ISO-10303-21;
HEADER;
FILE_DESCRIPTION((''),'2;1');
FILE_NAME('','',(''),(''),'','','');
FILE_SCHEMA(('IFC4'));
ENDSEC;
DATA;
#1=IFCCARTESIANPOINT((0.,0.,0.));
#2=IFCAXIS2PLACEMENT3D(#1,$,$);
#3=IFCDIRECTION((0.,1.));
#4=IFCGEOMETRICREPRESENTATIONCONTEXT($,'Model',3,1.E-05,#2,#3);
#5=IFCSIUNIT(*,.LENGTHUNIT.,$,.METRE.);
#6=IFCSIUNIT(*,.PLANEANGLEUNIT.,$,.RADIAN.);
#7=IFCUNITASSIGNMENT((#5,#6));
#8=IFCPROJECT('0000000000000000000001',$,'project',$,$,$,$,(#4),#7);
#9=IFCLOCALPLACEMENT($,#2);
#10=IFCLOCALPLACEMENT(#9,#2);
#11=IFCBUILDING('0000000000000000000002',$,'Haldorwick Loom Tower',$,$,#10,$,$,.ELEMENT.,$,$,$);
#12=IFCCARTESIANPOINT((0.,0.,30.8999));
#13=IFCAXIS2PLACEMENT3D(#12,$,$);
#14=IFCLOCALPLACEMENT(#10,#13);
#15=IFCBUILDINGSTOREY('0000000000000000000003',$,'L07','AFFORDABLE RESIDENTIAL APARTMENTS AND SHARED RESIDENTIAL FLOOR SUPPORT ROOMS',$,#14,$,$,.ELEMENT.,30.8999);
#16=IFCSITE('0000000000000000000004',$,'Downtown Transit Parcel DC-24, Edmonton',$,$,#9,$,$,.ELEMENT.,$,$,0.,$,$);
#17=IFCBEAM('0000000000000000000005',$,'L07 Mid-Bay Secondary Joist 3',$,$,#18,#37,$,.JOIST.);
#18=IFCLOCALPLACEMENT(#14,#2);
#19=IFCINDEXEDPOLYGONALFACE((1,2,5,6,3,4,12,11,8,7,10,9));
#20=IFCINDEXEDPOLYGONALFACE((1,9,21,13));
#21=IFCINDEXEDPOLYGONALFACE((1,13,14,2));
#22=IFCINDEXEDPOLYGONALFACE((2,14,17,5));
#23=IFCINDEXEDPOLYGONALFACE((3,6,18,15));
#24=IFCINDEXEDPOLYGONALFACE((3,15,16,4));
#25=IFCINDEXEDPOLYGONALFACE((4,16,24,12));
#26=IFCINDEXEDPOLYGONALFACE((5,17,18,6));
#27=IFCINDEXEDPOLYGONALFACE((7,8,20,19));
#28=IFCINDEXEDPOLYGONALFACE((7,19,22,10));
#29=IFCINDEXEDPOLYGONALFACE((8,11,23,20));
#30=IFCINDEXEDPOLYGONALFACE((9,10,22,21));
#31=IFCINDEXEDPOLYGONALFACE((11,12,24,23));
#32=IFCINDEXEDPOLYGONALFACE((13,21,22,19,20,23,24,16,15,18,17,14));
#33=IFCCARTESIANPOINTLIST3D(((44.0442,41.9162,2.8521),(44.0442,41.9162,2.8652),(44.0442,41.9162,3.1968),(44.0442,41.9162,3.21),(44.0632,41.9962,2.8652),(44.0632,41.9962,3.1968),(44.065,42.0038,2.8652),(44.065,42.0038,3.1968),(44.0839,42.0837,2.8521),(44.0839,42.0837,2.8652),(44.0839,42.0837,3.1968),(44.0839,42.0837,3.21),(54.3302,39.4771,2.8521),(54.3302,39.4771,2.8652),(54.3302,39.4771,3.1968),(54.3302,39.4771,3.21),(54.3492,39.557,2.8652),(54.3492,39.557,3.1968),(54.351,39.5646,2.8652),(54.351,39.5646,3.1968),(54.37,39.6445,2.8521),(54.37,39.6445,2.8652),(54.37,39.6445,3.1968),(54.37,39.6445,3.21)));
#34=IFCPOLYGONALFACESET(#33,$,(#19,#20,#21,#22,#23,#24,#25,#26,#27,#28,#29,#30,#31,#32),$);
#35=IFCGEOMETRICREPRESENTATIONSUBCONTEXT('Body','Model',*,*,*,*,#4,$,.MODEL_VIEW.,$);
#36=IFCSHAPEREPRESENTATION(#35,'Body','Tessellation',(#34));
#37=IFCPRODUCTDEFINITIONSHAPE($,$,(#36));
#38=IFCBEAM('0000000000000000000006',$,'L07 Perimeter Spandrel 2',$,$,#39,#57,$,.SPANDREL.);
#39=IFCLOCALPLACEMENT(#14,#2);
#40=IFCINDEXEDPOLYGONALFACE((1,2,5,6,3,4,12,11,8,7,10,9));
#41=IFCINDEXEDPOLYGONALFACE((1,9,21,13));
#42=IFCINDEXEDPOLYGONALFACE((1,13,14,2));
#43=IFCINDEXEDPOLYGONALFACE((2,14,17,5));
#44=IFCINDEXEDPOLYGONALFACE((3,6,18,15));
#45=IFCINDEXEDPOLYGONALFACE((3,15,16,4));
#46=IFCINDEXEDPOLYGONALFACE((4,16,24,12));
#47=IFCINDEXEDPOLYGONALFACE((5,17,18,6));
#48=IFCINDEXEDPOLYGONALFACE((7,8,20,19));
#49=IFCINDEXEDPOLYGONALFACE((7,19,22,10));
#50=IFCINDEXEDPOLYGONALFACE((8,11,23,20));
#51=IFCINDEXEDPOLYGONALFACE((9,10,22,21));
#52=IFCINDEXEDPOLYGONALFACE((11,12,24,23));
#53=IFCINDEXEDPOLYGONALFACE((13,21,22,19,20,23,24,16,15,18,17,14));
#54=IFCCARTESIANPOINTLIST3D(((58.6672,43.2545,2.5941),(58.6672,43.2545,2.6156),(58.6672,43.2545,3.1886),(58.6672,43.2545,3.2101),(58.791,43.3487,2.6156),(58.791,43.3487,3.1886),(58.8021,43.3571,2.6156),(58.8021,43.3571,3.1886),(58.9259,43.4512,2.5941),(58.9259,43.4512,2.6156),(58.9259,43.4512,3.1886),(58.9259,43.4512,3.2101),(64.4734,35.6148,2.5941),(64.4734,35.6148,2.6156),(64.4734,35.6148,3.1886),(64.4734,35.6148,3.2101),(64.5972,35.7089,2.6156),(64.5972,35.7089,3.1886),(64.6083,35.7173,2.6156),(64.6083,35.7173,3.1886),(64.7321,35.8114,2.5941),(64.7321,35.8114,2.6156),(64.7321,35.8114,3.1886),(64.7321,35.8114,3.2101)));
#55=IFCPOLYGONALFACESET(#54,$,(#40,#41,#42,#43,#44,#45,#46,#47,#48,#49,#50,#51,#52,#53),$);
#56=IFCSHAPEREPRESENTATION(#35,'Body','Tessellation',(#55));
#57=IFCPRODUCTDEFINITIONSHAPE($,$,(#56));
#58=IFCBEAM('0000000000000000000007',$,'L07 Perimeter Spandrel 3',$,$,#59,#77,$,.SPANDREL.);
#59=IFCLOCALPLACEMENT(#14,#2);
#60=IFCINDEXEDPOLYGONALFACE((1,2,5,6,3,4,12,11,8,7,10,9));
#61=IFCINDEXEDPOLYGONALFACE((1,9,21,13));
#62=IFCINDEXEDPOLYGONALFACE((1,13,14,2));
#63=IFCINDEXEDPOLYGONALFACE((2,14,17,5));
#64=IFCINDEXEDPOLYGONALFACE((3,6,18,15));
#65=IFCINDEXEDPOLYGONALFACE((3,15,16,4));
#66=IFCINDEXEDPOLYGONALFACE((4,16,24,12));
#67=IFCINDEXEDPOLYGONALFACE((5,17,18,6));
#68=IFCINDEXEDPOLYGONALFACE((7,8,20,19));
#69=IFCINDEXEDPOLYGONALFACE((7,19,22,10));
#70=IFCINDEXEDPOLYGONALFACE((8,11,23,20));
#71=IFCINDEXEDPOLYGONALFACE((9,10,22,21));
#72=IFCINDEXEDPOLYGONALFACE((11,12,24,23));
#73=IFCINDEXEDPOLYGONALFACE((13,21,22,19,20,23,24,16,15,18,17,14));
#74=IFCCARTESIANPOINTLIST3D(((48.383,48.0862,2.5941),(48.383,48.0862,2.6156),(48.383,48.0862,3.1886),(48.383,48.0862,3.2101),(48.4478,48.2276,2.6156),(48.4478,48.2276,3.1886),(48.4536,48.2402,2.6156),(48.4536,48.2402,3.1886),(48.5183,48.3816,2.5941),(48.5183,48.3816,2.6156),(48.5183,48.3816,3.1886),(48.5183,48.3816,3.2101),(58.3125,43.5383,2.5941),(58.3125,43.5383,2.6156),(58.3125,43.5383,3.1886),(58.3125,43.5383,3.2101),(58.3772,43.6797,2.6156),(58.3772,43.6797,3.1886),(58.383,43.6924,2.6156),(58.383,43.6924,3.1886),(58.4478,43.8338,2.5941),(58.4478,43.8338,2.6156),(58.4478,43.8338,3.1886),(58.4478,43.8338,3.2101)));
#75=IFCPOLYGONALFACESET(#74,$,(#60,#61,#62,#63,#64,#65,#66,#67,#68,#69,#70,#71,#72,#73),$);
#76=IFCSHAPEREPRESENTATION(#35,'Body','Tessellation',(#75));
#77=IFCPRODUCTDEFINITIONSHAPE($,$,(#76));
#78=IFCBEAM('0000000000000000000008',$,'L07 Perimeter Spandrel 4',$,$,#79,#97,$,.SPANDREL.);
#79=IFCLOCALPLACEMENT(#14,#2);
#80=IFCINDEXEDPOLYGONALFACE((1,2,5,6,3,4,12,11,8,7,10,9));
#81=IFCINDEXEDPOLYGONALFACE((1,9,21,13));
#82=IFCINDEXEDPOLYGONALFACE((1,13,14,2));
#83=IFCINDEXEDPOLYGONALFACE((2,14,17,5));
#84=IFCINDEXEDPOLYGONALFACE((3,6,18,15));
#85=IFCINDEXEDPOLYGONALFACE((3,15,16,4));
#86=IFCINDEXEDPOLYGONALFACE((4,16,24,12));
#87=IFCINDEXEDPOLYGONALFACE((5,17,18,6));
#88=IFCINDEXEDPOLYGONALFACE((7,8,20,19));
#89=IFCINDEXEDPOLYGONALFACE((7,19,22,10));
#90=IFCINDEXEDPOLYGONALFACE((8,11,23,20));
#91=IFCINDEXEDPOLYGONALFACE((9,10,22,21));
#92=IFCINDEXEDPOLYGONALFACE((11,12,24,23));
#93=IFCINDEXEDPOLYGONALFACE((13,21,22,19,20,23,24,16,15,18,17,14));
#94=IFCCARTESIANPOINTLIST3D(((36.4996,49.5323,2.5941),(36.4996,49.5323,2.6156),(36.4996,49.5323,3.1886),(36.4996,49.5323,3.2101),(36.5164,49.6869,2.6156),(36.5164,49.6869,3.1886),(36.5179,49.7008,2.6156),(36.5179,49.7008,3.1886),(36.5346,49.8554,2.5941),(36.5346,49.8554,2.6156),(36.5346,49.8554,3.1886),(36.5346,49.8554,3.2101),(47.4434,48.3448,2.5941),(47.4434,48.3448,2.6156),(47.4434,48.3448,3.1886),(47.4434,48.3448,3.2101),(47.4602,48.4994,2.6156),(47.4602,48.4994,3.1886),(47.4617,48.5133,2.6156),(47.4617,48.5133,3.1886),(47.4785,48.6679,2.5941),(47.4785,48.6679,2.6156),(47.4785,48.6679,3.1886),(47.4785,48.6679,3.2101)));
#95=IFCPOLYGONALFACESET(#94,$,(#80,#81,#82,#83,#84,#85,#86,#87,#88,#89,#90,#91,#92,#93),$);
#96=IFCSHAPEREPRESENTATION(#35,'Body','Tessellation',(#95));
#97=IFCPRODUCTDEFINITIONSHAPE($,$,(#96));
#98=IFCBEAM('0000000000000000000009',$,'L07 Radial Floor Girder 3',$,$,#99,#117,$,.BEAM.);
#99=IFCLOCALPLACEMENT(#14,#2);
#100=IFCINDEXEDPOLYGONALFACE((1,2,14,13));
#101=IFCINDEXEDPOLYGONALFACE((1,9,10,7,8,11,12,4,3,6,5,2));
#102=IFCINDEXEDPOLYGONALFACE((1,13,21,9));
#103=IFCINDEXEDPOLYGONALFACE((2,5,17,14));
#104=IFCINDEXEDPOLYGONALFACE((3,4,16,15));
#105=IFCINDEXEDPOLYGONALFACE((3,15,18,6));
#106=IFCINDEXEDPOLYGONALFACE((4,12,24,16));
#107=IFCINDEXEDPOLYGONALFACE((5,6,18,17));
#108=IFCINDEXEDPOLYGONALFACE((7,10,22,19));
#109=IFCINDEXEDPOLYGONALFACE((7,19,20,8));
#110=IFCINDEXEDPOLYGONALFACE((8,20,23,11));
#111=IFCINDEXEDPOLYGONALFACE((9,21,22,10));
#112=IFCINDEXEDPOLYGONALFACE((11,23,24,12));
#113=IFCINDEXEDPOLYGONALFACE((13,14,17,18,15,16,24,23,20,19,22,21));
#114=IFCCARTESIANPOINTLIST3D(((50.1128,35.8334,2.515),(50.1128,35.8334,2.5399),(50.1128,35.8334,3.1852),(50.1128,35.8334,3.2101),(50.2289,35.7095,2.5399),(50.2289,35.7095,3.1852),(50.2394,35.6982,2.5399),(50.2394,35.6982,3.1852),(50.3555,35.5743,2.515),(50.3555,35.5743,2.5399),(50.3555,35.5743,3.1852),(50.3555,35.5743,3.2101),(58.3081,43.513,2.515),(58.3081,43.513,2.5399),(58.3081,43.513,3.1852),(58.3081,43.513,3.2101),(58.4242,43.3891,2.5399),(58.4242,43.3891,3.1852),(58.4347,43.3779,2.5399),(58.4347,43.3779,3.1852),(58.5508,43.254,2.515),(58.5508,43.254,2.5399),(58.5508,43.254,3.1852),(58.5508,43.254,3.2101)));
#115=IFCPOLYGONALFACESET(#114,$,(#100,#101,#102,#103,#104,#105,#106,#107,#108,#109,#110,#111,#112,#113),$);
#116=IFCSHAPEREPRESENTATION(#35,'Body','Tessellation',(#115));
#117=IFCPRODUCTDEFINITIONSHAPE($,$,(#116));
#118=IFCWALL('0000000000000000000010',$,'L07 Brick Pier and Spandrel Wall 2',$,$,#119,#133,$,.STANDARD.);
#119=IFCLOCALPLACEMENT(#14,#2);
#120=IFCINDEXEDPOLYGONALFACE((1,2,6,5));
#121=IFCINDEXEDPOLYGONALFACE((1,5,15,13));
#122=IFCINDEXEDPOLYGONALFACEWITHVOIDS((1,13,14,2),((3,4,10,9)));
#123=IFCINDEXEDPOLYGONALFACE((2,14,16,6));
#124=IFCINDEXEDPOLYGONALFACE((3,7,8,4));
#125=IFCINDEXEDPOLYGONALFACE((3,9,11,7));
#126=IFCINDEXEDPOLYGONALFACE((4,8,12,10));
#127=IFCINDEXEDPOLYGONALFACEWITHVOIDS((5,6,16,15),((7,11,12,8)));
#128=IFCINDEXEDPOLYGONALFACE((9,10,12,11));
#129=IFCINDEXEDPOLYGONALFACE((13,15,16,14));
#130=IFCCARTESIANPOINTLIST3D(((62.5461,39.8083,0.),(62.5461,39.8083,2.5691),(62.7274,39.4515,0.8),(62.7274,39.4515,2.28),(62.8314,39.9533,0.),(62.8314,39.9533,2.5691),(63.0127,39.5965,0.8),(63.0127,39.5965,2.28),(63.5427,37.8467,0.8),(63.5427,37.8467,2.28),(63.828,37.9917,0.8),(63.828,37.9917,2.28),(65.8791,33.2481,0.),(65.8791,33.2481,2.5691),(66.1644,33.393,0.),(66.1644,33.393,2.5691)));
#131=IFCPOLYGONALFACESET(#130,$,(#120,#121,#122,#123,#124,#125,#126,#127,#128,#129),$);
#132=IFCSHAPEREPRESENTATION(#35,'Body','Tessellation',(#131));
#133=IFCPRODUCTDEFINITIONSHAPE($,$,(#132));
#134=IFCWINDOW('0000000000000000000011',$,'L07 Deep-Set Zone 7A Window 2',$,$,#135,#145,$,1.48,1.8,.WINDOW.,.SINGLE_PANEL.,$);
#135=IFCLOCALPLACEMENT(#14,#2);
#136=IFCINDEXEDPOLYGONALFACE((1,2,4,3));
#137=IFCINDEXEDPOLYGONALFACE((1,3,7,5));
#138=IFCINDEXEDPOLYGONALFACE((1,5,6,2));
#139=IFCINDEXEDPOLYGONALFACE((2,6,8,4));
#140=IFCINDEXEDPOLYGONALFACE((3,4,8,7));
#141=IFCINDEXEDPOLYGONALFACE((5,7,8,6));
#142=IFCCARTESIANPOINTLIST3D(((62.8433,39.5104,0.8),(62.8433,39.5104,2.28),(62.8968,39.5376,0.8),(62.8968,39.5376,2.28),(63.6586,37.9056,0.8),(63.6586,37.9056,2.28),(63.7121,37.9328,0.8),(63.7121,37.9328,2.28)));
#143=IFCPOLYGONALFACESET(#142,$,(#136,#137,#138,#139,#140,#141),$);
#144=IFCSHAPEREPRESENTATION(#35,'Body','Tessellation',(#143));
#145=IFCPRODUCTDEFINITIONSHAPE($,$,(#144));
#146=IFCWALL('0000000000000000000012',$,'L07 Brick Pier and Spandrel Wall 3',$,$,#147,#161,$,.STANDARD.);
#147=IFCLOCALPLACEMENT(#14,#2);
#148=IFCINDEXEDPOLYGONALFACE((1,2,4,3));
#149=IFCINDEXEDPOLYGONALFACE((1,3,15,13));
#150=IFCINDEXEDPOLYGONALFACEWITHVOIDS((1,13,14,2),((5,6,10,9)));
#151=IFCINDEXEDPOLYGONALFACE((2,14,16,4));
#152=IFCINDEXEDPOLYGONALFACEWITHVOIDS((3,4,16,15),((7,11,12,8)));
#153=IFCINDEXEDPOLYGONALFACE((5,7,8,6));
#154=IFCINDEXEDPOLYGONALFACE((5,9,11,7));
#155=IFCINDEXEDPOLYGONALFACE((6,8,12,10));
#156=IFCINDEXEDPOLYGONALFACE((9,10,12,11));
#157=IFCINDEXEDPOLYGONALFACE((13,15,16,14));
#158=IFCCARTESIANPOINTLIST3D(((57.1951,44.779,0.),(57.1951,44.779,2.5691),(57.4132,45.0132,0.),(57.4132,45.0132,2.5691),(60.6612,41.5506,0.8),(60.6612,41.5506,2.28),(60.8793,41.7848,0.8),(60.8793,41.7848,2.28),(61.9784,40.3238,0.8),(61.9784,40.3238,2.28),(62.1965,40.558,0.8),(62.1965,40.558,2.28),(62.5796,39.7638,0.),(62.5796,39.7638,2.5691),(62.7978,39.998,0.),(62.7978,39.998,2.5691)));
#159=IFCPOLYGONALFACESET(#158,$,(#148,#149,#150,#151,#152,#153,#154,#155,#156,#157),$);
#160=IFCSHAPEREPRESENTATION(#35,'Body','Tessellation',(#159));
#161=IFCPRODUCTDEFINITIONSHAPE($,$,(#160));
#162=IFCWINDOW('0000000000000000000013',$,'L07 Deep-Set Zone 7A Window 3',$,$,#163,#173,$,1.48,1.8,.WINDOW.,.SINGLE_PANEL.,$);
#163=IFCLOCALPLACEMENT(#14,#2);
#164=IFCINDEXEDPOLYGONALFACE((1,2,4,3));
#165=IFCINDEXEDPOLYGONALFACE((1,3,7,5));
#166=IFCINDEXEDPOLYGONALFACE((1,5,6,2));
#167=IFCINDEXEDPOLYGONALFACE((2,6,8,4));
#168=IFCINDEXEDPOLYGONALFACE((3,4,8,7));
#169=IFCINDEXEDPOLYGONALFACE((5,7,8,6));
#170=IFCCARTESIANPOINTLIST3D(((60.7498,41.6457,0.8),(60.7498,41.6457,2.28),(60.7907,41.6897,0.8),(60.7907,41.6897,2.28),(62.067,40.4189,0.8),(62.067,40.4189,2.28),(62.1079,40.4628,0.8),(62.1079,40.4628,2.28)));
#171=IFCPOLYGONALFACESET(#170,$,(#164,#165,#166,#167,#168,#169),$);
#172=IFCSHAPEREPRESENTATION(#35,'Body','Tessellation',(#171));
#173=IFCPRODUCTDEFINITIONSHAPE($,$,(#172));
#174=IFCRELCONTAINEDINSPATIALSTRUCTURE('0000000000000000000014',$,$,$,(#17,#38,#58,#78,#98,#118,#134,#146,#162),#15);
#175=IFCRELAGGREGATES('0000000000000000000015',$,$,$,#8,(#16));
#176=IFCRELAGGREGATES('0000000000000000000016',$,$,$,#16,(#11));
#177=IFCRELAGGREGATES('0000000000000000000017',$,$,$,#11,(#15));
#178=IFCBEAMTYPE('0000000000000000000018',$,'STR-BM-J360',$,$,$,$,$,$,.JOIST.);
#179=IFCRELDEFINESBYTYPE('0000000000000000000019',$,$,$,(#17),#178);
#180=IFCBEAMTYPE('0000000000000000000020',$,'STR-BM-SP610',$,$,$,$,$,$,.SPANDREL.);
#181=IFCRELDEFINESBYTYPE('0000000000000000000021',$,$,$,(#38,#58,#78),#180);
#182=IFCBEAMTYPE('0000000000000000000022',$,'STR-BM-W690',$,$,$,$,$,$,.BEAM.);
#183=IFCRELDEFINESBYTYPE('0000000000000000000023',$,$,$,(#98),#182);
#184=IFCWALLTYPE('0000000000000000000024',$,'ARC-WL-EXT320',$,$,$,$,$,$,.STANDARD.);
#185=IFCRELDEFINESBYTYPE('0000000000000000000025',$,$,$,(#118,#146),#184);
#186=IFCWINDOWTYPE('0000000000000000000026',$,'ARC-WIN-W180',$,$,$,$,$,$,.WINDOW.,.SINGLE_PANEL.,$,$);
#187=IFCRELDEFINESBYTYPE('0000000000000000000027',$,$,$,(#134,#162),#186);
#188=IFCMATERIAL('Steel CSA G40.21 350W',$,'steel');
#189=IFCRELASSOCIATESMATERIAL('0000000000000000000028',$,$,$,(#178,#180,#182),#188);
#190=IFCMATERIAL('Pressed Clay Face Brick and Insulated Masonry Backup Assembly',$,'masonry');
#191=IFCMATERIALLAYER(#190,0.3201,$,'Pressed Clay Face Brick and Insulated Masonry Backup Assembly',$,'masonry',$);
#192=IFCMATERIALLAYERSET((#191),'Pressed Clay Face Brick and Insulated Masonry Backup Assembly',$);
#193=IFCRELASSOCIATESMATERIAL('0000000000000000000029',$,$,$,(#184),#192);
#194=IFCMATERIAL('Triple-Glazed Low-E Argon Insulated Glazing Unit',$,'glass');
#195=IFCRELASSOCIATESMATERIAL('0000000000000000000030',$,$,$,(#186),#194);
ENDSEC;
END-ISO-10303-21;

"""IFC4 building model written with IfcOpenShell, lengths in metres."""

from ifc_helpers import new_model, si_unit, direction, frame, frame_2d, origin, origin_2d, place, context, subcontext, project, spatial, rectangle, i_section, extrude, material, layer, layer_set, material_profile, profile_set, type_object, element, fill, save


model = new_model("IFC4")

# Units and contexts
model_context = context("Model", 3, precision=1e-05, world=origin(), true_north=direction((0.0, 1.0)))
body_context = subcontext(model_context, "Body", "Model", "MODEL_VIEW")
ifc_project = project(units=[si_unit("LENGTHUNIT", "METRE"), si_unit("PLANEANGLEUNIT", "RADIAN")], contexts=[model_context])

# Site, building, storey
site_placement = place(None, origin())
site = spatial("IfcSite", under=ifc_project, at=site_placement, Name="Downtown Transit Parcel DC-24, Edmonton", CompositionType="ELEMENT", RefElevation=0.0)
building_placement = place(site_placement, origin())
building = spatial("IfcBuilding", under=site, at=building_placement, Name="Haldorwick Loom Tower", CompositionType="ELEMENT")
storey_placement = place(building_placement, frame((0.0, 0.0, 30.8999)))
storey = spatial("IfcBuildingStorey", under=building, at=storey_placement, Name="L07", Description="AFFORDABLE RESIDENTIAL APARTMENTS AND SHARED RESIDENTIAL FLOOR SUPPORT ROOMS", CompositionType="ELEMENT", Elevation=30.8999)

# Beams
ifc_material_1 = material(Name="Steel CSA G40.21 350W", Category="steel")
ifc_material_profile_1 = material_profile(ifc_material_1, i_section(OverallWidth=0.1721, OverallDepth=0.3579, WebThickness=0.0078, FlangeThickness=0.0132, at=origin_2d()), Name="W360X57", Category="steel")
ifc_profile_set_1 = profile_set([ifc_material_profile_1], Name="Steel CSA G40.21 350W")
beam_type_1 = type_object("IfcBeamType", Name="STR-BM-J360", PredefinedType="JOIST", material=ifc_profile_set_1)
beam_1_placement = place(storey_placement, frame((54.3501, 39.5608, 3.031), z_axis=(-0.973016, 0.230737, 0.0), x_axis=(-0.230737, -0.973016, 0.0)))
element("IfcBeam", 1, at=beam_1_placement, inside=storey, type_object=beam_type_1, Name="L07 Mid-Bay Secondary Joist 3", PredefinedType="JOIST", context=body_context, shape_type="SweptSolid", body=[
    extrude(i_section(OverallWidth=0.1721, OverallDepth=0.3579, WebThickness=0.0078, FlangeThickness=0.0132, at=origin_2d()), origin(), (0.0, 0.0, 1.0), 10.5713),
])
ifc_material_profile_2 = material_profile(ifc_material_1, i_section(OverallWidth=0.325, OverallDepth=0.616, WebThickness=0.0139, FlangeThickness=0.0215, at=origin_2d()), Name="W610X174", Category="steel")
ifc_profile_set_2 = profile_set([ifc_material_profile_2], Name="Steel CSA G40.21 350W")
beam_type_2 = type_object("IfcBeamType", Name="STR-BM-SP610", PredefinedType="SPANDREL", material=ifc_profile_set_2)
beam_2_placement = place(storey_placement, frame((64.6028, 35.7131, 2.9021), z_axis=(-0.605085, 0.796161, 0.0), x_axis=(-0.796161, -0.605085, 0.0)))
element("IfcBeam", 2, at=beam_2_placement, inside=storey, type_object=beam_type_2, Name="L07 Perimeter Spandrel 2", PredefinedType="SPANDREL", context=body_context, shape_type="SweptSolid", body=[
    extrude(i_section(OverallWidth=0.325, OverallDepth=0.616, WebThickness=0.0139, FlangeThickness=0.0215, at=origin_2d()), origin(), (0.0, 0.0, 1.0), 9.5957),
])
beam_3_placement = place(storey_placement, frame((58.3801, 43.686, 2.9021), z_axis=(-0.909174, 0.416417, 0.0), x_axis=(-0.416417, -0.909174, 0.0)))
element("IfcBeam", 3, at=beam_3_placement, inside=storey, type_object=beam_type_2, Name="L07 Perimeter Spandrel 3", PredefinedType="SPANDREL", context=body_context, shape_type="SweptSolid", body=[
    extrude(i_section(OverallWidth=0.325, OverallDepth=0.616, WebThickness=0.0139, FlangeThickness=0.0215, at=origin_2d()), origin(), (0.0, 0.0, 1.0), 10.9214),
])
beam_4_placement = place(storey_placement, frame((47.4609, 48.5063, 2.9021), z_axis=(-0.994164, 0.107875, 0.0), x_axis=(-0.107875, -0.994164, 0.0)))
element("IfcBeam", 4, at=beam_4_placement, inside=storey, type_object=beam_type_2, Name="L07 Perimeter Spandrel 4", PredefinedType="SPANDREL", context=body_context, shape_type="SweptSolid", body=[
    extrude(i_section(OverallWidth=0.325, OverallDepth=0.616, WebThickness=0.0139, FlangeThickness=0.0215, at=origin_2d()), origin(), (0.0, 0.0, 1.0), 11.0081),
])
ifc_material_profile_3 = material_profile(ifc_material_1, i_section(OverallWidth=0.355, OverallDepth=0.6951, WebThickness=0.0154, FlangeThickness=0.0249, at=origin_2d()), Name="W690X217", Category="steel")
ifc_profile_set_3 = profile_set([ifc_material_profile_3], Name="Steel CSA G40.21 350W")
beam_type_3 = type_object("IfcBeamType", Name="STR-BM-W690", PredefinedType="BEAM", material=ifc_profile_set_3)
beam_5_placement = place(storey_placement, frame((50.2341, 35.7039, 2.8625), z_axis=(0.729689, 0.683779, 0.0), x_axis=(-0.683779, 0.729689, 0.0)))
element("IfcBeam", 5, at=beam_5_placement, inside=storey, type_object=beam_type_3, Name="L07 Radial Floor Girder 3", PredefinedType="BEAM", context=body_context, shape_type="SweptSolid", body=[
    extrude(i_section(OverallWidth=0.355, OverallDepth=0.6951, WebThickness=0.0154, FlangeThickness=0.0249, at=origin_2d()), origin(), (0.0, 0.0, 1.0), 11.2312),
])

# Walls, openings, windows
ifc_material_2 = material(Name="Pressed Clay Face Brick and Insulated Masonry Backup Assembly", Category="masonry")
ifc_layer_1 = layer(ifc_material_2, 0.3201, Name="Pressed Clay Face Brick and Insulated Masonry Backup Assembly", Category="masonry")
ifc_layer_set_1 = layer_set([ifc_layer_1], Name="Pressed Clay Face Brick and Insulated Masonry Backup Assembly")
wall_type_1 = type_object("IfcWallType", Name="ARC-WL-EXT320", PredefinedType="STANDARD", material=ifc_layer_set_1)
wall_1_placement = place(storey_placement, frame((66.0217, 33.3206, 0.0), z_axis=(0.0, 0.0, 1.0), x_axis=(-0.452951, 0.891535, 0.0)))
wall_1 = element("IfcWall", 6, at=wall_1_placement, inside=storey, type_object=wall_type_1, Name="L07 Brick Pier and Spandrel Wall 2", PredefinedType="STANDARD", context=body_context, shape_type="SweptSolid", body=[
    extrude(rectangle(XDim=7.3584, YDim=0.3201, at=frame_2d((3.6792, 0.0))), origin(), (0.0, 0.0, 1.0), 2.5691),
])
opening_1_placement = place(wall_1_placement, frame((5.1582, 0.0, 0.8)))
opening_1 = element("IfcOpeningElement", 7, at=opening_1_placement, cuts=wall_1, PredefinedType="OPENING", context=body_context, shape_type="SweptSolid", body=[
    extrude(rectangle(XDim=1.8, YDim=1.48, at=frame_2d((0.8999, 0.74))), frame((0.0, 0.1699, 0.0), z_axis=(0.0, -1.0, 0.0), x_axis=(1.0, 0.0, 0.0)), (0.0, 0.0, 1.0), 0.3401),
])
ifc_material_3 = material(Name="Triple-Glazed Low-E Argon Insulated Glazing Unit", Category="glass")
window_type = type_object("IfcWindowType", Name="ARC-WIN-W180", PartitioningType="SINGLE_PANEL", PredefinedType="WINDOW", material=ifc_material_3)
window_1_placement = place(opening_1_placement, origin())
window_1 = element("IfcWindow", 8, at=window_1_placement, inside=storey, type_object=window_type, Name="L07 Deep-Set Zone 7A Window 2", OverallHeight=1.48, OverallWidth=1.8, PartitioningType="SINGLE_PANEL", PredefinedType="WINDOW", context=body_context, shape_type="SweptSolid", body=[
    extrude(rectangle(XDim=1.8, YDim=1.48, at=frame_2d((0.8999, 0.74))), frame((0.0, 0.03, 0.0), z_axis=(0.0, -1.0, 0.0), x_axis=(1.0, 0.0, 0.0)), (0.0, 0.0, 1.0), 0.0601),
])
fill(opening_1, window_1)
wall_2_placement = place(storey_placement, frame((62.6887, 39.8809, 0.0), z_axis=(0.0, 0.0, 1.0), x_axis=(-0.731761, 0.681561, 0.0)))
wall_2 = element("IfcWall", 9, at=wall_2_placement, inside=storey, type_object=wall_type_1, Name="L07 Brick Pier and Spandrel Wall 3", PredefinedType="STANDARD", context=body_context, shape_type="SweptSolid", body=[
    extrude(rectangle(XDim=7.3584, YDim=0.3201, at=frame_2d((3.6792, 0.0))), origin(), (0.0, 0.0, 1.0), 2.5691),
])
opening_2_placement = place(wall_2_placement, frame((0.8218, 0.0, 0.8)))
opening_2 = element("IfcOpeningElement", 10, at=opening_2_placement, cuts=wall_2, PredefinedType="OPENING", context=body_context, shape_type="SweptSolid", body=[
    extrude(rectangle(XDim=1.8, YDim=1.48, at=frame_2d((0.8999, 0.74))), frame((0.0, 0.1699, 0.0), z_axis=(0.0, -1.0, 0.0), x_axis=(1.0, 0.0, 0.0)), (0.0, 0.0, 1.0), 0.3401),
])
window_2_placement = place(opening_2_placement, origin())
window_2 = element("IfcWindow", 11, at=window_2_placement, inside=storey, type_object=window_type, Name="L07 Deep-Set Zone 7A Window 3", OverallHeight=1.48, OverallWidth=1.8, PartitioningType="SINGLE_PANEL", PredefinedType="WINDOW", context=body_context, shape_type="SweptSolid", body=[
    extrude(rectangle(XDim=1.8, YDim=1.48, at=frame_2d((0.8999, 0.74))), frame((0.0, 0.03, 0.0), z_axis=(0.0, -1.0, 0.0), x_axis=(1.0, 0.0, 0.0)), (0.0, 0.0, 1.0), 0.0601),
])
fill(opening_2, window_2)

save(model, "model.ifc")
